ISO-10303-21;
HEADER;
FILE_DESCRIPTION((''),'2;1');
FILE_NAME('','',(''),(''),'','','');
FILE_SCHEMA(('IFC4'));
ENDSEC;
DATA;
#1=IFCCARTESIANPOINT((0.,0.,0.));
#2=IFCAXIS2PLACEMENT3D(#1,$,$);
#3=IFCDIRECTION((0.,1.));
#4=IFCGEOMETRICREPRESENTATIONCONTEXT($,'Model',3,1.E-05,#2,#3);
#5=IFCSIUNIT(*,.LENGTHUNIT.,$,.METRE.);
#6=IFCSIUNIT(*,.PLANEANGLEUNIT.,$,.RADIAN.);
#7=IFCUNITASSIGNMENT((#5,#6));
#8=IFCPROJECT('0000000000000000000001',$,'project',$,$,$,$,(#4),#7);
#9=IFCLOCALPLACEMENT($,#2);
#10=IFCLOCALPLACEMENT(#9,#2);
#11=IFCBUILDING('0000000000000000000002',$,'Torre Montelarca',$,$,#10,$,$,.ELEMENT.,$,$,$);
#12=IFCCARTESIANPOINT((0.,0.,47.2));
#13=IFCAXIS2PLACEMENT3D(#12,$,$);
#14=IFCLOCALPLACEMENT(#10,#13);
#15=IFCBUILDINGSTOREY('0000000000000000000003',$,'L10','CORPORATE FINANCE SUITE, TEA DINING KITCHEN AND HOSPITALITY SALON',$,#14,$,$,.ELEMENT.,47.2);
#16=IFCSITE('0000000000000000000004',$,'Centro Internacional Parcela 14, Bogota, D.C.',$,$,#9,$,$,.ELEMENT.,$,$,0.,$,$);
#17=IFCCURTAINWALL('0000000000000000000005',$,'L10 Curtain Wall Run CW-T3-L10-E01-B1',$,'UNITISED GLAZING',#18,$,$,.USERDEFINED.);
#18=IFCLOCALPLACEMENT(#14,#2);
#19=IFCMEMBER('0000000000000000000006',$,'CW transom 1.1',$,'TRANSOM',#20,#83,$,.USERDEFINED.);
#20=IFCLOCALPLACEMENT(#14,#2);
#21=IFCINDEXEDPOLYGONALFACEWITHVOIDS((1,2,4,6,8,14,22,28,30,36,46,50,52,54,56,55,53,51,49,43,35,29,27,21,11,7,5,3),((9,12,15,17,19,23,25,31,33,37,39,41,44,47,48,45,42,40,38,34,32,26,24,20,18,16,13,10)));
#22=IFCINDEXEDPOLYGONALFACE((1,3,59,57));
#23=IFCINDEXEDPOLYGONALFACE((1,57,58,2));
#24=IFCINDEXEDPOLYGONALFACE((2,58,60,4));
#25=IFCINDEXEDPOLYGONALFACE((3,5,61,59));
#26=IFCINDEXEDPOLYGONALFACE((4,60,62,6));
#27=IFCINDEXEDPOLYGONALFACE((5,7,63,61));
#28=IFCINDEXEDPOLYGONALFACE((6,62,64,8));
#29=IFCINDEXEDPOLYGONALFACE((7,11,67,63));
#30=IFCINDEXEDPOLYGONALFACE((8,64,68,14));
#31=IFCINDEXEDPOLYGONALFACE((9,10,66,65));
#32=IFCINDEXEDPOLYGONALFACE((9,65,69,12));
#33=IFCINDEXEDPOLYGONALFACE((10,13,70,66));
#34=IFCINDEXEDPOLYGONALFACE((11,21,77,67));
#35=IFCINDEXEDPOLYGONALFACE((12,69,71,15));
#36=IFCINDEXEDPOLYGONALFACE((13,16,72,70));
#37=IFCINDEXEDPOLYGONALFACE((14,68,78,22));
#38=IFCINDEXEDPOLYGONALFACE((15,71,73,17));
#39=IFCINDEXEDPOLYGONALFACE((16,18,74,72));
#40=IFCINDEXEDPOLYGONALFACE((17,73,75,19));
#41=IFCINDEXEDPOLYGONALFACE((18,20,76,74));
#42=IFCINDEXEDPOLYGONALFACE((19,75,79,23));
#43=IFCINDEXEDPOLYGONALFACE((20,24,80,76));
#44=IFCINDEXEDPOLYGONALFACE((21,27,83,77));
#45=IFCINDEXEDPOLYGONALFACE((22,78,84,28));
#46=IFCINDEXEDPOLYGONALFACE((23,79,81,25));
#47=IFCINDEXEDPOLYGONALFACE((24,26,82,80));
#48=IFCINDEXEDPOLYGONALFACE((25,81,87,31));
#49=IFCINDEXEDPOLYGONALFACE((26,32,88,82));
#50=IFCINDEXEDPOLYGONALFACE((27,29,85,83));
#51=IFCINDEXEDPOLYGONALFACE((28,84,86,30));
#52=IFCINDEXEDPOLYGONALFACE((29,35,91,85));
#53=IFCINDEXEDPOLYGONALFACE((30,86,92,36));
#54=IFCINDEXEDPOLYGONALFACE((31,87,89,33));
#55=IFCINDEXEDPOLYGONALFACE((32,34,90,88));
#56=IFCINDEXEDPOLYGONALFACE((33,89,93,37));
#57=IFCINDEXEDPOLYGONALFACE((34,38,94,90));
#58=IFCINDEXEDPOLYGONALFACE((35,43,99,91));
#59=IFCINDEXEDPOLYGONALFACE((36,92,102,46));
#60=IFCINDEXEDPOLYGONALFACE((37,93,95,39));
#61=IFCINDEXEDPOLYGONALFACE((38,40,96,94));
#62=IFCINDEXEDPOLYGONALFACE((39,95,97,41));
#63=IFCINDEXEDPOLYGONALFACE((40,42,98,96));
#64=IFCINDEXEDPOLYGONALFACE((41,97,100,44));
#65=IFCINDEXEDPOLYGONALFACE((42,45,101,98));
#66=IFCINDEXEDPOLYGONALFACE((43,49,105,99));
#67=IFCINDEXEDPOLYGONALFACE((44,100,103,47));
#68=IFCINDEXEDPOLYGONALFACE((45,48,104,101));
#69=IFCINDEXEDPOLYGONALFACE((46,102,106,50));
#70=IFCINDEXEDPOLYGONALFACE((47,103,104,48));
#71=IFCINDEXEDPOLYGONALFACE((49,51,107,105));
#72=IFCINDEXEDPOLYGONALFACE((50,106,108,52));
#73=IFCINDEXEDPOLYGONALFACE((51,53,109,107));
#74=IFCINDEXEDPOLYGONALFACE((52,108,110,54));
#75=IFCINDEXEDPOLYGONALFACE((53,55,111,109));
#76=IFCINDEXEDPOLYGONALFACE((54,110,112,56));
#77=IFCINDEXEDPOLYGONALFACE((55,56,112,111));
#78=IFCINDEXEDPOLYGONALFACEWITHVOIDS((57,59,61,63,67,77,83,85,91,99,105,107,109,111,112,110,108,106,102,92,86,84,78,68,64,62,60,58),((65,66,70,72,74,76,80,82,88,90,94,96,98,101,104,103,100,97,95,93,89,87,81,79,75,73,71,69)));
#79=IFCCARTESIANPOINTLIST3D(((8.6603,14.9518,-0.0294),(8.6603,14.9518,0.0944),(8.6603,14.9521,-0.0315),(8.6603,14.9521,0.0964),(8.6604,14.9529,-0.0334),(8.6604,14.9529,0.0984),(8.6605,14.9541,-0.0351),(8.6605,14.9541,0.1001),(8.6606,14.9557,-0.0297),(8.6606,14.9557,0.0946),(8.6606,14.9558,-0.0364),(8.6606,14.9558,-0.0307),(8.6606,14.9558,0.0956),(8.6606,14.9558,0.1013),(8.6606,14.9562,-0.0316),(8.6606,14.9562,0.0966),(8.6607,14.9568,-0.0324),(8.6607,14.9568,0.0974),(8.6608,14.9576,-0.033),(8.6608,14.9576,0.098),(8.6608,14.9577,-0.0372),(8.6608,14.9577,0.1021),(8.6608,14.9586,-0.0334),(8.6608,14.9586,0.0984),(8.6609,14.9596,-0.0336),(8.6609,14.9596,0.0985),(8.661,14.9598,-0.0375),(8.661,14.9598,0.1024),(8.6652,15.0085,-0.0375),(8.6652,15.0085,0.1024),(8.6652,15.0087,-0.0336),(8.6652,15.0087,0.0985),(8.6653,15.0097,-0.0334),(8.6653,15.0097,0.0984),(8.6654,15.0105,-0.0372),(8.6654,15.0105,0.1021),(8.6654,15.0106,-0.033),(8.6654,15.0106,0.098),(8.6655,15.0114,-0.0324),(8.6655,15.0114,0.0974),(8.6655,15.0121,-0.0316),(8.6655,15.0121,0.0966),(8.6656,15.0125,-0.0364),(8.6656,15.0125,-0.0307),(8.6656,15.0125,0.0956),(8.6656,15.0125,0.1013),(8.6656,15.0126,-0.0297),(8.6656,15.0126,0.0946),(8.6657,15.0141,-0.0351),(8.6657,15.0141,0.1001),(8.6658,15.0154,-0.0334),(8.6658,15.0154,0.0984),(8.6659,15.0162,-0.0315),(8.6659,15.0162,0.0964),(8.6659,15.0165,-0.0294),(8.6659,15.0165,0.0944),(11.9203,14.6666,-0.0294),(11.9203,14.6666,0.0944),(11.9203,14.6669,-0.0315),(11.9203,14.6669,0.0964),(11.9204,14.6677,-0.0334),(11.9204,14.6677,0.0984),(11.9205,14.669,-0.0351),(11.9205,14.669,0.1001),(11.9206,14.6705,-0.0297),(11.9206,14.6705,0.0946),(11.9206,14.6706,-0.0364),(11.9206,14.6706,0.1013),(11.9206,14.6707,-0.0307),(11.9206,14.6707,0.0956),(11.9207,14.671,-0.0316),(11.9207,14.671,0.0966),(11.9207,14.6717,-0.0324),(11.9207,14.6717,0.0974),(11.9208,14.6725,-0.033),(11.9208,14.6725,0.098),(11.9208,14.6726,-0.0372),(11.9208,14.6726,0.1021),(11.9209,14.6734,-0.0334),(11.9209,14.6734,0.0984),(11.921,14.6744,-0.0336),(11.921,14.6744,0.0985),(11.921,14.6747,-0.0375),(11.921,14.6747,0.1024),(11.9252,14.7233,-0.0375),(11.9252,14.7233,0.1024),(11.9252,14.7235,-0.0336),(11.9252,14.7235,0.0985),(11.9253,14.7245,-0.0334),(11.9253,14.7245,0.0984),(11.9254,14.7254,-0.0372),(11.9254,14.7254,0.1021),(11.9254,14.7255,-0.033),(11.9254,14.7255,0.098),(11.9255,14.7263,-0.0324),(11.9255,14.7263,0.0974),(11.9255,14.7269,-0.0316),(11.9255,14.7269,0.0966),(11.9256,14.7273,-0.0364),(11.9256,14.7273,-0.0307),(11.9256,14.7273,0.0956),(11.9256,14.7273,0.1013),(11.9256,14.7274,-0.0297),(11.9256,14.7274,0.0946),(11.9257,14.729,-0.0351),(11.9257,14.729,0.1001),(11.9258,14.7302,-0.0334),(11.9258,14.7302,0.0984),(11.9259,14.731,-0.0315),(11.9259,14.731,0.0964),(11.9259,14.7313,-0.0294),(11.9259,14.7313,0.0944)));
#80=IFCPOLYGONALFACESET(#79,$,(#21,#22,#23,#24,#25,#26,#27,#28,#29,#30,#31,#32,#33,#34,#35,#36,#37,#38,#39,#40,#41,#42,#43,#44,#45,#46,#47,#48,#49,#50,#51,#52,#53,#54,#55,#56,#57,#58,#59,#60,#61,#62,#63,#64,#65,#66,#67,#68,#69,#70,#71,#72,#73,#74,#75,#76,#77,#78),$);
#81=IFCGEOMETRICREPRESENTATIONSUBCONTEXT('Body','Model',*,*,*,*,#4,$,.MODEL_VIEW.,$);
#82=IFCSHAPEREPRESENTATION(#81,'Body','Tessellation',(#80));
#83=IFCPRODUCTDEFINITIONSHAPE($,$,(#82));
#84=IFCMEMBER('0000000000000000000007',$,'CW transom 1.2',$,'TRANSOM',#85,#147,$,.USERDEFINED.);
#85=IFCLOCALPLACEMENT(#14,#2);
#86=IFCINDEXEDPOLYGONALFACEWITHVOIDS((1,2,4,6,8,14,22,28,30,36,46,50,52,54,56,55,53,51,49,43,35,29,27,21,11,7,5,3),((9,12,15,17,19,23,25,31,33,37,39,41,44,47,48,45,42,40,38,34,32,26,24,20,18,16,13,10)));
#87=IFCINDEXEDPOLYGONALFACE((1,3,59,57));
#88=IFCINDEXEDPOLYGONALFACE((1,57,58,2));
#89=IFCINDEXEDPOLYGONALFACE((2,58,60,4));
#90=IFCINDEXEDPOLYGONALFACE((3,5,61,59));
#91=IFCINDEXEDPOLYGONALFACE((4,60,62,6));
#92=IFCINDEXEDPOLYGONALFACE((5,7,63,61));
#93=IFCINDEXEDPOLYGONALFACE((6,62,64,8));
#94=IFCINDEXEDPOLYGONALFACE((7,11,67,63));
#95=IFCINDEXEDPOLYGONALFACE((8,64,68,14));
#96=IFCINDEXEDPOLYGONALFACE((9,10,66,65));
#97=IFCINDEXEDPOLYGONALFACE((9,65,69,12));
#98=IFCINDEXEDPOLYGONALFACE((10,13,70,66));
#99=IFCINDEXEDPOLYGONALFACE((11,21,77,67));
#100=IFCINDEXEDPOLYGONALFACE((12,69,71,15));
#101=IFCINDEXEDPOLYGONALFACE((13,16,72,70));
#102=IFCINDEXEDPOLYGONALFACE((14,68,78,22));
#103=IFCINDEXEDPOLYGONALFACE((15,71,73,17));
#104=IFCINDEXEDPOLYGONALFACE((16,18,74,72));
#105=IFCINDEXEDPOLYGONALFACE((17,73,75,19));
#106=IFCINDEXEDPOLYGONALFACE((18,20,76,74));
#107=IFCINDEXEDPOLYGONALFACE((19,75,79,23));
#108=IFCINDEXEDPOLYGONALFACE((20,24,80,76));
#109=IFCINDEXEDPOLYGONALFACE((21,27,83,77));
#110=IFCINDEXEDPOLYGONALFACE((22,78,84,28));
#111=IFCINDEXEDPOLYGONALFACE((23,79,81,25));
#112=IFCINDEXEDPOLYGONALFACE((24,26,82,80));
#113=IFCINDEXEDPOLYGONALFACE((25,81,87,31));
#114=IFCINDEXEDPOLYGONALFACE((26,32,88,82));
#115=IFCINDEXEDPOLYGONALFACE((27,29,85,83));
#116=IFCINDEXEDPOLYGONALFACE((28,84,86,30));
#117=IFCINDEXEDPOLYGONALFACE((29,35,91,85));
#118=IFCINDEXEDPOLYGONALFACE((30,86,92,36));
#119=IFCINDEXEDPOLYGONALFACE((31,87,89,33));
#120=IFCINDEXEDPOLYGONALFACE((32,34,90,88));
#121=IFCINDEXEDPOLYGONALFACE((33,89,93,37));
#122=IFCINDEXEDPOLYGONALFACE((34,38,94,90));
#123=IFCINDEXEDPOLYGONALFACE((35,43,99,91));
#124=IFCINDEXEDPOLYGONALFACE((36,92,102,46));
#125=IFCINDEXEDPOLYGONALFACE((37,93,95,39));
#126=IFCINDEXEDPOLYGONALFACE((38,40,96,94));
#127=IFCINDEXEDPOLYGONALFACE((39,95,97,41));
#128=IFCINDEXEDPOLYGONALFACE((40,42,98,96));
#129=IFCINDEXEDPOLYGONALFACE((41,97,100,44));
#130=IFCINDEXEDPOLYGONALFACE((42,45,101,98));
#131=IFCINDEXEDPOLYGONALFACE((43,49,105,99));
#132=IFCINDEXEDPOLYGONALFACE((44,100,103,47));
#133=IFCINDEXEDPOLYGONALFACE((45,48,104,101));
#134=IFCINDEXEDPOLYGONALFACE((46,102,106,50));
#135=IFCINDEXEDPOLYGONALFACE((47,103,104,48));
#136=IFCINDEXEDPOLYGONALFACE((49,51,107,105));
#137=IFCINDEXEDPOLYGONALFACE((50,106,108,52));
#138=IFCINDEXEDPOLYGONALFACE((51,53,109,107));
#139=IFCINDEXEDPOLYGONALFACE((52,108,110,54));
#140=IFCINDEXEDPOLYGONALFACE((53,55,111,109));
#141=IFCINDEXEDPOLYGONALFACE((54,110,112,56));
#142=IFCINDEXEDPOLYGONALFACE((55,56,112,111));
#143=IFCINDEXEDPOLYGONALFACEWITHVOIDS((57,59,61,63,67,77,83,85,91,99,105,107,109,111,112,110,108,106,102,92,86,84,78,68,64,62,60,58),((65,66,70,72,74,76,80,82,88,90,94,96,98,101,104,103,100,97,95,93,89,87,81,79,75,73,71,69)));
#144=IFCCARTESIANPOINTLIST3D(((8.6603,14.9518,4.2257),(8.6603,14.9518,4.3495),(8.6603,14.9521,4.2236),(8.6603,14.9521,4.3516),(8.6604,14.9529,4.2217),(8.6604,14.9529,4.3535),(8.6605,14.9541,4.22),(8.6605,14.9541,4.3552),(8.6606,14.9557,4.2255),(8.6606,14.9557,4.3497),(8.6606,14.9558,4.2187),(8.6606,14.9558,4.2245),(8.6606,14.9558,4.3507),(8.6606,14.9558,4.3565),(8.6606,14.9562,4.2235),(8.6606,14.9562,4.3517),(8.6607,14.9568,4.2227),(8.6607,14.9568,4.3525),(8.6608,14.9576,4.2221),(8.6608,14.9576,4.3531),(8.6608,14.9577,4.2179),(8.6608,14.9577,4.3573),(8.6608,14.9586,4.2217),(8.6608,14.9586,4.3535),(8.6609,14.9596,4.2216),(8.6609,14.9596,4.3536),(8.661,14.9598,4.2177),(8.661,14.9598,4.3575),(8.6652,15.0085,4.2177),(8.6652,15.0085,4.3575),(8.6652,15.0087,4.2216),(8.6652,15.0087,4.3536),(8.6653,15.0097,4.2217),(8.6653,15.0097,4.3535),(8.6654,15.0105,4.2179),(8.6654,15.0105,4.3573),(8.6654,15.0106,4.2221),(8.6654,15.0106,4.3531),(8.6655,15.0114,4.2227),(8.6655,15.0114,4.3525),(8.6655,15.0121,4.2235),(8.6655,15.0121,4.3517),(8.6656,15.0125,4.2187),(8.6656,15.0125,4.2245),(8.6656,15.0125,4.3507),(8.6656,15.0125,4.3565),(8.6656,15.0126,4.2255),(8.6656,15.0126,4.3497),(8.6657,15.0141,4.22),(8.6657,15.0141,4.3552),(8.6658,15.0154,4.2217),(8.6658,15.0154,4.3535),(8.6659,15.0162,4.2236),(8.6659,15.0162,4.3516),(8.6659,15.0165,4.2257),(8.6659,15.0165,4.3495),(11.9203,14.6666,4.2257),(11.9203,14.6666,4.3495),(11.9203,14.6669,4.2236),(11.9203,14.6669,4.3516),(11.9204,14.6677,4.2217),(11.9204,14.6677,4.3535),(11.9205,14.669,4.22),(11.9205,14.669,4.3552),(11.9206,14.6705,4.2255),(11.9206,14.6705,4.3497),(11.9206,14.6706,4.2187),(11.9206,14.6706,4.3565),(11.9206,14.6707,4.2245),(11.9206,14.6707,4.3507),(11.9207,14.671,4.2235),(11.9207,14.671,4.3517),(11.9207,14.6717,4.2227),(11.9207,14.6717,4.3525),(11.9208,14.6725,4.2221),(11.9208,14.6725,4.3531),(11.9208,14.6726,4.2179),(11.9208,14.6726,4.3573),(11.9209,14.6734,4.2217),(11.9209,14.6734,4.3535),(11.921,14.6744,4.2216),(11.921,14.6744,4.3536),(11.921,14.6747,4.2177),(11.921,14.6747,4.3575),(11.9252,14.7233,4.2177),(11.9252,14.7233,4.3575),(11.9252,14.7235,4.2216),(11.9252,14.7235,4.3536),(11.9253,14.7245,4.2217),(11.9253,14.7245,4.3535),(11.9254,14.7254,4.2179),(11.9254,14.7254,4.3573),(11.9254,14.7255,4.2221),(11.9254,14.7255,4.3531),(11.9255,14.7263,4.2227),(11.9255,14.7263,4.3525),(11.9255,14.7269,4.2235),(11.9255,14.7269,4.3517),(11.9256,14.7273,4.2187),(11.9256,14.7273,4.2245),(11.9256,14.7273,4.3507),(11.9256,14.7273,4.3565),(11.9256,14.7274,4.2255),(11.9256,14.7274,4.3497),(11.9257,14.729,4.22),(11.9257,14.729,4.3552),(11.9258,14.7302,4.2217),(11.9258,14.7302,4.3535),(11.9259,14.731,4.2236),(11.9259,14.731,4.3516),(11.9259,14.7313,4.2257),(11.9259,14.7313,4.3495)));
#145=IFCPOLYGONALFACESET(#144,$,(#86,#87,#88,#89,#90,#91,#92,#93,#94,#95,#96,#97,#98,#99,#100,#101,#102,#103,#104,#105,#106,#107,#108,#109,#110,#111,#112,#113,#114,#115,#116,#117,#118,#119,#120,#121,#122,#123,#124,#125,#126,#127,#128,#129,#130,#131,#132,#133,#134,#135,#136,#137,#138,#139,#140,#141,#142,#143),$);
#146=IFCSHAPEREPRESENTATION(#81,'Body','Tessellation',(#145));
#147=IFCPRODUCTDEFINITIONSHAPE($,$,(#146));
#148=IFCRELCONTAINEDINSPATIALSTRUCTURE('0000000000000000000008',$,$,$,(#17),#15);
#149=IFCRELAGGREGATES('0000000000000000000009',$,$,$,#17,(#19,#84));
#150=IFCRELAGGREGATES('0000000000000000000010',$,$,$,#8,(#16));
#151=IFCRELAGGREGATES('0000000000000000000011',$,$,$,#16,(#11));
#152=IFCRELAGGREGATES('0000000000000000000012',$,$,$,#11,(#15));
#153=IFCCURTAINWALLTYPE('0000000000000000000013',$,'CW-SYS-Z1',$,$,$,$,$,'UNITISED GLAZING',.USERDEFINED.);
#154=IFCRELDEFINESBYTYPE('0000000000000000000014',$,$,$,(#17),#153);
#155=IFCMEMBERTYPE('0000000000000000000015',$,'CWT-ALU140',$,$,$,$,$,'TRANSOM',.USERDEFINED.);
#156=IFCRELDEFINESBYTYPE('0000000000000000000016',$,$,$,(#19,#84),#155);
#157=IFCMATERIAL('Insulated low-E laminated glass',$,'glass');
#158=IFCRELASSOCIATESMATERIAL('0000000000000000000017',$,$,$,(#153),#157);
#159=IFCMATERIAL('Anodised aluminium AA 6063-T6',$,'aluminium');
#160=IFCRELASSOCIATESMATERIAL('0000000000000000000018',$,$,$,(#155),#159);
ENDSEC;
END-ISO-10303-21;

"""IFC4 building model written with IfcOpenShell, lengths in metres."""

from ifc_helpers import new_model, si_unit, direction, frame, origin, origin_2d, place, context, subcontext, project, spatial, hollow_rectangle, extrude, source, transform, mapped, material, material_profile, profile_set, type_object, element, aggregate, save


model = new_model("IFC4")

# Units and contexts
model_context = context("Model", 3, precision=1e-05, world=origin(), true_north=direction((0.0, 1.0)))
body_context = subcontext(model_context, "Body", "Model", "MODEL_VIEW")
ifc_project = project(units=[si_unit("LENGTHUNIT", "METRE"), si_unit("PLANEANGLEUNIT", "RADIAN")], contexts=[model_context])

# Site, building, storey
site_placement = place(None, origin())
site = spatial("IfcSite", under=ifc_project, at=site_placement, Name="Centro Internacional Parcela 14, Bogota, D.C.", CompositionType="ELEMENT", RefElevation=0.0)
building_placement = place(site_placement, origin())
building = spatial("IfcBuilding", under=site, at=building_placement, Name="Torre Montelarca", CompositionType="ELEMENT")
storey_placement = place(building_placement, frame((0.0, 0.0, 47.2)))
storey = spatial("IfcBuildingStorey", under=building, at=storey_placement, Name="L10", Description="CORPORATE FINANCE SUITE, TEA DINING KITCHEN AND HOSPITALITY SALON", CompositionType="ELEMENT", Elevation=47.2)

# Curtain wall
ifc_material_1 = material(Name="Insulated low-E laminated glass", Category="glass")
curtain_wall_type = type_object("IfcCurtainWallType", Name="CW-SYS-Z1", ElementType="UNITISED GLAZING", PredefinedType="USERDEFINED", material=ifc_material_1)
curtain_wall_1_placement = place(storey_placement, origin())
curtain_wall_1 = element("IfcCurtainWall", 1, at=curtain_wall_1_placement, inside=storey, type_object=curtain_wall_type, Name="L10 Curtain Wall Run CW-T3-L10-E01-B1", ObjectType="UNITISED GLAZING", PredefinedType="USERDEFINED")
ifc_material_2 = material(Name="Anodised aluminium AA 6063-T6", Category="aluminium")

# Members
ifc_material_profile_1 = material_profile(ifc_material_2, hollow_rectangle(XDim=0.0649, YDim=0.1399, WallThickness=0.0039, InnerFilletRadius=0.0039, OuterFilletRadius=0.0081, at=origin_2d()), Name="ALU65X140X4", Category="aluminium")
ifc_profile_set_1 = profile_set([ifc_material_profile_1], Name="Anodised aluminium AA 6063-T6")
member_type_1 = type_object("IfcMemberType", Name="CWT-ALU140", ElementType="TRANSOM", PredefinedType="USERDEFINED", material=ifc_profile_set_1)
shared_shape_1 = source(origin(), body_context, "Body", "SweptSolid", [
    extrude(hollow_rectangle(XDim=0.0649, YDim=0.1399, WallThickness=0.0039, InnerFilletRadius=0.0039, OuterFilletRadius=0.0081, at=origin_2d()), origin(), (0.0, 0.0, 1.0), 3.2725),
])
member_1_placement = place(storey_placement, frame((8.6631, 14.9841, 0.0325), z_axis=(0.996196, -0.087138, 0.0), x_axis=(0.087138, 0.996196, 0.0)))
member_1 = element("IfcMember", 2, at=member_1_placement, type_object=member_type_1, Name="CW transom 1.1", ObjectType="TRANSOM", PredefinedType="USERDEFINED", context=body_context, shape_type="MappedRepresentation", body=[
    mapped(shared_shape_1, transform((0.0, 0.0, 0.0), scale=1.0)),
])
member_2_placement = place(storey_placement, frame((8.6631, 14.9841, 4.2876), z_axis=(0.996196, -0.087138, 0.0), x_axis=(0.087138, 0.996196, 0.0)))
member_2 = element("IfcMember", 3, at=member_2_placement, type_object=member_type_1, Name="CW transom 1.2", ObjectType="TRANSOM", PredefinedType="USERDEFINED", context=body_context, shape_type="MappedRepresentation", body=[
    mapped(shared_shape_1, transform((0.0, 0.0, 0.0), scale=1.0)),
])

aggregate(curtain_wall_1, [member_1, member_2])

save(model, "model.ifc")
